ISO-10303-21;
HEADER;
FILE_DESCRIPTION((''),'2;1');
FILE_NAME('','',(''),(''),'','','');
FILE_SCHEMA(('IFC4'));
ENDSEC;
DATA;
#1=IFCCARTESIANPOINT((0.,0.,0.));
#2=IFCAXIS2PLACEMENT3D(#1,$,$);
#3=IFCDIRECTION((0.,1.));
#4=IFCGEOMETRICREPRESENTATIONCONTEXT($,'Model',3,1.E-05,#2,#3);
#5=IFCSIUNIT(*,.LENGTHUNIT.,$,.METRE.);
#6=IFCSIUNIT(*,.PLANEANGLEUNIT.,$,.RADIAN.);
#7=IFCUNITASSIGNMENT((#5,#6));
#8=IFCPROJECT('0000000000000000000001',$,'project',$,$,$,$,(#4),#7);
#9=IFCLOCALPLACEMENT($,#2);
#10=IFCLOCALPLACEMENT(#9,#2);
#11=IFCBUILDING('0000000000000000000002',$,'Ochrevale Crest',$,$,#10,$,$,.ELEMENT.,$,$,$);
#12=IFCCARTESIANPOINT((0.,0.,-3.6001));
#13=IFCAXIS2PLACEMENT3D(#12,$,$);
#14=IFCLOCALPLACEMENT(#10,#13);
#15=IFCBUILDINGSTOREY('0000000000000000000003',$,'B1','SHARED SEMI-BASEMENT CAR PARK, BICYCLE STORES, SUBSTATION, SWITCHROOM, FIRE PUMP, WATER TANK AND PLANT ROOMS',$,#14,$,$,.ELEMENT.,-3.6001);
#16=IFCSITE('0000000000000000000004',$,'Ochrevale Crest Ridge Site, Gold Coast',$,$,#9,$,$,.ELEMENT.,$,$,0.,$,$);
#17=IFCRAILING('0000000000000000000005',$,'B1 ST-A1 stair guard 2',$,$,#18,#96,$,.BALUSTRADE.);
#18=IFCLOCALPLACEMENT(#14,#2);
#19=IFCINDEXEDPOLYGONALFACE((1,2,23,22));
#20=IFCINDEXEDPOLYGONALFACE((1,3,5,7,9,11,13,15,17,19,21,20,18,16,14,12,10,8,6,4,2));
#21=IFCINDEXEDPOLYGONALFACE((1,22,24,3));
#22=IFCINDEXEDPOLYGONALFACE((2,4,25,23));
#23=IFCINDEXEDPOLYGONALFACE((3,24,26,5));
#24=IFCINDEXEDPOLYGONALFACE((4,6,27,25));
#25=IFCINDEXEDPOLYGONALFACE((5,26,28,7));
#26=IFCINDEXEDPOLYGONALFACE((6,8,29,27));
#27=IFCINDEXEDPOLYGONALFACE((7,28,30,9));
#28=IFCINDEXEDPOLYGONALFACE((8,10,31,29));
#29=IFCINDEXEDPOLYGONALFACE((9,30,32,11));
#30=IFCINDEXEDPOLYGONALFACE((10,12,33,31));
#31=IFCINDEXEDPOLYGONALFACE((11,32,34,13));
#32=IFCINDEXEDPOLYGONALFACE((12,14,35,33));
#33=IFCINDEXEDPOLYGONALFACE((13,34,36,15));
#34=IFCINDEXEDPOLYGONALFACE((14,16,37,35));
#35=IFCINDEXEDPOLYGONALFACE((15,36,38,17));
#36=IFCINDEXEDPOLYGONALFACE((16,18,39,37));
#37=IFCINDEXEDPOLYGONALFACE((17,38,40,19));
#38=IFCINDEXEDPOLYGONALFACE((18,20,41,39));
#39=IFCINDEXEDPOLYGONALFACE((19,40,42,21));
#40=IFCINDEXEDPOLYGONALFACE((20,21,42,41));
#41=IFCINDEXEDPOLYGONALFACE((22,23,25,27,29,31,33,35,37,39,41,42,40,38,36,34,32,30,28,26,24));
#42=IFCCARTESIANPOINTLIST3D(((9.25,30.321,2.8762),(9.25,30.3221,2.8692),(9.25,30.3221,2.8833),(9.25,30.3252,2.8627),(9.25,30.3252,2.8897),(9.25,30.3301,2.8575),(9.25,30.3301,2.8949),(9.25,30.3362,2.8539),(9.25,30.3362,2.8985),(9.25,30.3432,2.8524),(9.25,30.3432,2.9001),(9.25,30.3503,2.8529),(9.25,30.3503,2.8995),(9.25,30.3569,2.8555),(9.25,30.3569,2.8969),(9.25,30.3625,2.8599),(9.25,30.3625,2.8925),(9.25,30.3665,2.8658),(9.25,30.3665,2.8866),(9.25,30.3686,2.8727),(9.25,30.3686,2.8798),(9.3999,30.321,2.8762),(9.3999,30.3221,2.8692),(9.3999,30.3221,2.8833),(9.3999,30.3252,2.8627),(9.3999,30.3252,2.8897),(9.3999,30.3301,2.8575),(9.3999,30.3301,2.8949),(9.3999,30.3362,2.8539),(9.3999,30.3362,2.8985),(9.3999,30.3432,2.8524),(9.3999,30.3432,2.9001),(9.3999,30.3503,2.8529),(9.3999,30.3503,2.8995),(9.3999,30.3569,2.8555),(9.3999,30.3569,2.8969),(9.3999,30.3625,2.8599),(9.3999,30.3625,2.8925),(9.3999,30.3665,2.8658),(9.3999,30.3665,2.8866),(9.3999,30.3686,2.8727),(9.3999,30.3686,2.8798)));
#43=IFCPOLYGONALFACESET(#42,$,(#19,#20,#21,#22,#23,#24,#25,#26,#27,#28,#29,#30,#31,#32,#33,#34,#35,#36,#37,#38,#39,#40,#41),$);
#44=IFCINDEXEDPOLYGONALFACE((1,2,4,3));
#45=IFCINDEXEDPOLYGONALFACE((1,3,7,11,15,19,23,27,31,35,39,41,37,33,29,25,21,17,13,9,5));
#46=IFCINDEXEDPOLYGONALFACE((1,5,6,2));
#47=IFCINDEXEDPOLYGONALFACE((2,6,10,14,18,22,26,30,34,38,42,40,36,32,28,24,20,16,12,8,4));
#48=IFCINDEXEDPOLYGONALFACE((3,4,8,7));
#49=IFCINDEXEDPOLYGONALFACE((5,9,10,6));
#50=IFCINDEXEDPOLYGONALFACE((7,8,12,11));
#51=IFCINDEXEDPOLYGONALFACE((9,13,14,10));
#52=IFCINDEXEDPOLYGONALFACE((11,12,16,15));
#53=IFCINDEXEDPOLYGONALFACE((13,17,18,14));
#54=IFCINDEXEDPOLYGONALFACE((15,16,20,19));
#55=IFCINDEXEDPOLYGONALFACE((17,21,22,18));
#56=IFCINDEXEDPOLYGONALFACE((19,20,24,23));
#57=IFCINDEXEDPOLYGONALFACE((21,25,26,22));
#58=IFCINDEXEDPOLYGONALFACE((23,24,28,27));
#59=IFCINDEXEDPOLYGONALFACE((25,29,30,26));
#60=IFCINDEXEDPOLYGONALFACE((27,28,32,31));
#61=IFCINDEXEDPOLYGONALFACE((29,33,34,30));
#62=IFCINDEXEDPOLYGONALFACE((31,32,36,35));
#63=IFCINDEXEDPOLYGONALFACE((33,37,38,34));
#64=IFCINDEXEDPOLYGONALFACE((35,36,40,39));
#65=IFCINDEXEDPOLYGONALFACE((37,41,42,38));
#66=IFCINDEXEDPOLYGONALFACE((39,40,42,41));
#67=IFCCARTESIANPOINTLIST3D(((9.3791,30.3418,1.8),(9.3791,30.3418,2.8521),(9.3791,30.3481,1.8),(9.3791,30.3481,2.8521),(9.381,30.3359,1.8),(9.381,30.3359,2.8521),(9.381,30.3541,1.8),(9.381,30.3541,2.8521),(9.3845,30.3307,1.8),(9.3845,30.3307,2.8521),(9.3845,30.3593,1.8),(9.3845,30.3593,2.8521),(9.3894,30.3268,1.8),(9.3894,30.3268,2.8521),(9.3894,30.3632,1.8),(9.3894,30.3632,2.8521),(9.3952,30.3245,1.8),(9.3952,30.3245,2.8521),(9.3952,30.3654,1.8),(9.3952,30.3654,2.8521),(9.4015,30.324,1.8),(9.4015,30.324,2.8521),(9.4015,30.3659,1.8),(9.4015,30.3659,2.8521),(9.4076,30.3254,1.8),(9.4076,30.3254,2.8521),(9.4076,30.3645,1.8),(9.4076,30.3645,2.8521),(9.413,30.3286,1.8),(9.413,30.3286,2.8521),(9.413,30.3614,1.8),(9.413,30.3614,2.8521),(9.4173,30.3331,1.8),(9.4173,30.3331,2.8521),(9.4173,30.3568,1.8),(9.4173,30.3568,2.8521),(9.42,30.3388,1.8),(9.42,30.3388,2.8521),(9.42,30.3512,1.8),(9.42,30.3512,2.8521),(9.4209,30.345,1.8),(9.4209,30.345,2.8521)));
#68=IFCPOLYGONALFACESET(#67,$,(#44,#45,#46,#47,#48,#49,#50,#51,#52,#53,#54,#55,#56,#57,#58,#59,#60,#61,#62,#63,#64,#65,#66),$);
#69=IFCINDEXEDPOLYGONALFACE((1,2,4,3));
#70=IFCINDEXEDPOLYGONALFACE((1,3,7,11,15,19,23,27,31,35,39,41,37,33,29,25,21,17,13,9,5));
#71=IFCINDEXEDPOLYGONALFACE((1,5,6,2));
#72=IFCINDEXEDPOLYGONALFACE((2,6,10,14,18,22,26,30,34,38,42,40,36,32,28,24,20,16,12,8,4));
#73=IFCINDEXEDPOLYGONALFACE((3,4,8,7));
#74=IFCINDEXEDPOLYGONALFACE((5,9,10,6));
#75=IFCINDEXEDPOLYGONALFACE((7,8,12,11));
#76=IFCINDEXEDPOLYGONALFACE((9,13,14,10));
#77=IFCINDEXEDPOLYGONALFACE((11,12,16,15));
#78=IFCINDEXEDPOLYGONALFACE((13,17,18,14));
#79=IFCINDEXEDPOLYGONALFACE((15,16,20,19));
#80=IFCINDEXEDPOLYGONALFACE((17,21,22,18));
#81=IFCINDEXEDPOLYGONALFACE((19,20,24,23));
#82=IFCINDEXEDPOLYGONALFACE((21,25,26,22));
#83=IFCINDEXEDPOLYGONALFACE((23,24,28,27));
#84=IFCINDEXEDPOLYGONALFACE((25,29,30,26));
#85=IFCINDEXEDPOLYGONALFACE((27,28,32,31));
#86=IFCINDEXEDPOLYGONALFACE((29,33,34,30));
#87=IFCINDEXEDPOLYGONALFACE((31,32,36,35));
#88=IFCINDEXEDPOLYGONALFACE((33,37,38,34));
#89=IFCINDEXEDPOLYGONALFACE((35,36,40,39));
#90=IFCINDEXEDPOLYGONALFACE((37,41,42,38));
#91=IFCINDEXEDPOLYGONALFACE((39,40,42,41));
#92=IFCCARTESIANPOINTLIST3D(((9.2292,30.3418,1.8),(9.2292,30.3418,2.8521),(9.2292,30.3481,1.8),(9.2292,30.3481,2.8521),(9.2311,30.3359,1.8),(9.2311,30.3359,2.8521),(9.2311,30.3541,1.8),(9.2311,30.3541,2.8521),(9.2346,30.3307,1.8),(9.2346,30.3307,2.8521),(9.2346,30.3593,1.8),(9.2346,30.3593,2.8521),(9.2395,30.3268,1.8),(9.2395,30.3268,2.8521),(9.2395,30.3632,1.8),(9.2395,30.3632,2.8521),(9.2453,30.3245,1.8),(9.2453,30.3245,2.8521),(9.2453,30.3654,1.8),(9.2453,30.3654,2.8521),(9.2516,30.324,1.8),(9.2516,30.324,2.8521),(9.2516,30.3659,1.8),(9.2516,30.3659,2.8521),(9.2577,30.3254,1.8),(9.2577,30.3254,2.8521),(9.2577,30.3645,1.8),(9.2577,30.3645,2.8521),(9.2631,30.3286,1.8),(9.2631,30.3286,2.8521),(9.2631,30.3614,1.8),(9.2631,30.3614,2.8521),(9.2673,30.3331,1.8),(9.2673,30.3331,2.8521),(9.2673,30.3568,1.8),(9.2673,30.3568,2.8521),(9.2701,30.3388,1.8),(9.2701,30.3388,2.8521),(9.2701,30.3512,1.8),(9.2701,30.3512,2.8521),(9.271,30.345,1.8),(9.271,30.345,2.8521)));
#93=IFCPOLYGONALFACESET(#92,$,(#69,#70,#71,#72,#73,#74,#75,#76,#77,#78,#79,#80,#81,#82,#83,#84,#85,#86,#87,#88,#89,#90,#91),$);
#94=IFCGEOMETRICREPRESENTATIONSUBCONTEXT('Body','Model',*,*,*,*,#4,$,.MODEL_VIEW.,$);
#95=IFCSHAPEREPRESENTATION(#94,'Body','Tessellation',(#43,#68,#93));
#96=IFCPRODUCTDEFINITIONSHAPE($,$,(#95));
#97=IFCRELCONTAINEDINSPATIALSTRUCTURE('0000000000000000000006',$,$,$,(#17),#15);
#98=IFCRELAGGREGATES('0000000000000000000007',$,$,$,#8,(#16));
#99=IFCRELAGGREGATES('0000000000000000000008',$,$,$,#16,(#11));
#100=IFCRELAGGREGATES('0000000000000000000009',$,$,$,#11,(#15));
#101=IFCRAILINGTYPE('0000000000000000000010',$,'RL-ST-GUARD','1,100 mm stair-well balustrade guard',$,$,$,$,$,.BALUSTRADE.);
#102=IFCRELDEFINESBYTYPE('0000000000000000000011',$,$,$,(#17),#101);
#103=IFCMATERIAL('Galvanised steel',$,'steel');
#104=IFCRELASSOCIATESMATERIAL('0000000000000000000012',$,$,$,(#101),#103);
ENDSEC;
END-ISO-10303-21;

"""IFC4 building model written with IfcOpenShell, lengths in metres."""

from ifc_helpers import new_model, si_unit, direction, frame, origin, origin_2d, place, context, subcontext, project, spatial, circle, extrude, material, type_object, element, save


model = new_model("IFC4")

# Units and contexts
model_context = context("Model", 3, precision=1e-05, world=origin(), true_north=direction((0.0, 1.0)))
body_context = subcontext(model_context, "Body", "Model", "MODEL_VIEW")
ifc_project = project(units=[si_unit("LENGTHUNIT", "METRE"), si_unit("PLANEANGLEUNIT", "RADIAN")], contexts=[model_context])

# Site, building, storey
site_placement = place(None, origin())
site = spatial("IfcSite", under=ifc_project, at=site_placement, Name="Ochrevale Crest Ridge Site, Gold Coast", CompositionType="ELEMENT", RefElevation=0.0)
building_placement = place(site_placement, origin())
building = spatial("IfcBuilding", under=site, at=building_placement, Name="Ochrevale Crest", CompositionType="ELEMENT")
storey_placement = place(building_placement, frame((0.0, 0.0, -3.6001)))
storey = spatial("IfcBuildingStorey", under=building, at=storey_placement, Name="B1", Description="SHARED SEMI-BASEMENT CAR PARK, BICYCLE STORES, SUBSTATION, SWITCHROOM, FIRE PUMP, WATER TANK AND PLANT ROOMS", CompositionType="ELEMENT", Elevation=-3.6001)

# Railing
ifc_material_1 = material(Name="Galvanised steel", Category="steel")
railing_type = type_object("IfcRailingType", Name="RL-ST-GUARD", Description="1,100 mm stair-well balustrade guard", PredefinedType="BALUSTRADE", material=ifc_material_1)
railing_1_placement = place(storey_placement, frame((9.3999, 30.345, 1.8)))
element("IfcRailing", 1, at=railing_1_placement, inside=storey, type_object=railing_type, Name="B1 ST-A1 stair guard 2", PredefinedType="BALUSTRADE", context=body_context, shape_type="SweptSolid", body=[
    extrude(circle(Radius=0.0239, at=origin_2d()), frame((0.0, 0.0, 1.0762), z_axis=(-1.0, 0.0, 0.0), x_axis=(0.0, -1.0, 0.0)), (0.0, 0.0, 1.0), 0.1499),
    extrude(circle(Radius=0.021, at=origin_2d()), origin(), (0.0, 0.0, 1.0), 1.052),
    extrude(circle(Radius=0.021, at=origin_2d()), frame((-0.1499, 0.0, 0.0)), (0.0, 0.0, 1.0), 1.052),
])

save(model, "model.ifc")
